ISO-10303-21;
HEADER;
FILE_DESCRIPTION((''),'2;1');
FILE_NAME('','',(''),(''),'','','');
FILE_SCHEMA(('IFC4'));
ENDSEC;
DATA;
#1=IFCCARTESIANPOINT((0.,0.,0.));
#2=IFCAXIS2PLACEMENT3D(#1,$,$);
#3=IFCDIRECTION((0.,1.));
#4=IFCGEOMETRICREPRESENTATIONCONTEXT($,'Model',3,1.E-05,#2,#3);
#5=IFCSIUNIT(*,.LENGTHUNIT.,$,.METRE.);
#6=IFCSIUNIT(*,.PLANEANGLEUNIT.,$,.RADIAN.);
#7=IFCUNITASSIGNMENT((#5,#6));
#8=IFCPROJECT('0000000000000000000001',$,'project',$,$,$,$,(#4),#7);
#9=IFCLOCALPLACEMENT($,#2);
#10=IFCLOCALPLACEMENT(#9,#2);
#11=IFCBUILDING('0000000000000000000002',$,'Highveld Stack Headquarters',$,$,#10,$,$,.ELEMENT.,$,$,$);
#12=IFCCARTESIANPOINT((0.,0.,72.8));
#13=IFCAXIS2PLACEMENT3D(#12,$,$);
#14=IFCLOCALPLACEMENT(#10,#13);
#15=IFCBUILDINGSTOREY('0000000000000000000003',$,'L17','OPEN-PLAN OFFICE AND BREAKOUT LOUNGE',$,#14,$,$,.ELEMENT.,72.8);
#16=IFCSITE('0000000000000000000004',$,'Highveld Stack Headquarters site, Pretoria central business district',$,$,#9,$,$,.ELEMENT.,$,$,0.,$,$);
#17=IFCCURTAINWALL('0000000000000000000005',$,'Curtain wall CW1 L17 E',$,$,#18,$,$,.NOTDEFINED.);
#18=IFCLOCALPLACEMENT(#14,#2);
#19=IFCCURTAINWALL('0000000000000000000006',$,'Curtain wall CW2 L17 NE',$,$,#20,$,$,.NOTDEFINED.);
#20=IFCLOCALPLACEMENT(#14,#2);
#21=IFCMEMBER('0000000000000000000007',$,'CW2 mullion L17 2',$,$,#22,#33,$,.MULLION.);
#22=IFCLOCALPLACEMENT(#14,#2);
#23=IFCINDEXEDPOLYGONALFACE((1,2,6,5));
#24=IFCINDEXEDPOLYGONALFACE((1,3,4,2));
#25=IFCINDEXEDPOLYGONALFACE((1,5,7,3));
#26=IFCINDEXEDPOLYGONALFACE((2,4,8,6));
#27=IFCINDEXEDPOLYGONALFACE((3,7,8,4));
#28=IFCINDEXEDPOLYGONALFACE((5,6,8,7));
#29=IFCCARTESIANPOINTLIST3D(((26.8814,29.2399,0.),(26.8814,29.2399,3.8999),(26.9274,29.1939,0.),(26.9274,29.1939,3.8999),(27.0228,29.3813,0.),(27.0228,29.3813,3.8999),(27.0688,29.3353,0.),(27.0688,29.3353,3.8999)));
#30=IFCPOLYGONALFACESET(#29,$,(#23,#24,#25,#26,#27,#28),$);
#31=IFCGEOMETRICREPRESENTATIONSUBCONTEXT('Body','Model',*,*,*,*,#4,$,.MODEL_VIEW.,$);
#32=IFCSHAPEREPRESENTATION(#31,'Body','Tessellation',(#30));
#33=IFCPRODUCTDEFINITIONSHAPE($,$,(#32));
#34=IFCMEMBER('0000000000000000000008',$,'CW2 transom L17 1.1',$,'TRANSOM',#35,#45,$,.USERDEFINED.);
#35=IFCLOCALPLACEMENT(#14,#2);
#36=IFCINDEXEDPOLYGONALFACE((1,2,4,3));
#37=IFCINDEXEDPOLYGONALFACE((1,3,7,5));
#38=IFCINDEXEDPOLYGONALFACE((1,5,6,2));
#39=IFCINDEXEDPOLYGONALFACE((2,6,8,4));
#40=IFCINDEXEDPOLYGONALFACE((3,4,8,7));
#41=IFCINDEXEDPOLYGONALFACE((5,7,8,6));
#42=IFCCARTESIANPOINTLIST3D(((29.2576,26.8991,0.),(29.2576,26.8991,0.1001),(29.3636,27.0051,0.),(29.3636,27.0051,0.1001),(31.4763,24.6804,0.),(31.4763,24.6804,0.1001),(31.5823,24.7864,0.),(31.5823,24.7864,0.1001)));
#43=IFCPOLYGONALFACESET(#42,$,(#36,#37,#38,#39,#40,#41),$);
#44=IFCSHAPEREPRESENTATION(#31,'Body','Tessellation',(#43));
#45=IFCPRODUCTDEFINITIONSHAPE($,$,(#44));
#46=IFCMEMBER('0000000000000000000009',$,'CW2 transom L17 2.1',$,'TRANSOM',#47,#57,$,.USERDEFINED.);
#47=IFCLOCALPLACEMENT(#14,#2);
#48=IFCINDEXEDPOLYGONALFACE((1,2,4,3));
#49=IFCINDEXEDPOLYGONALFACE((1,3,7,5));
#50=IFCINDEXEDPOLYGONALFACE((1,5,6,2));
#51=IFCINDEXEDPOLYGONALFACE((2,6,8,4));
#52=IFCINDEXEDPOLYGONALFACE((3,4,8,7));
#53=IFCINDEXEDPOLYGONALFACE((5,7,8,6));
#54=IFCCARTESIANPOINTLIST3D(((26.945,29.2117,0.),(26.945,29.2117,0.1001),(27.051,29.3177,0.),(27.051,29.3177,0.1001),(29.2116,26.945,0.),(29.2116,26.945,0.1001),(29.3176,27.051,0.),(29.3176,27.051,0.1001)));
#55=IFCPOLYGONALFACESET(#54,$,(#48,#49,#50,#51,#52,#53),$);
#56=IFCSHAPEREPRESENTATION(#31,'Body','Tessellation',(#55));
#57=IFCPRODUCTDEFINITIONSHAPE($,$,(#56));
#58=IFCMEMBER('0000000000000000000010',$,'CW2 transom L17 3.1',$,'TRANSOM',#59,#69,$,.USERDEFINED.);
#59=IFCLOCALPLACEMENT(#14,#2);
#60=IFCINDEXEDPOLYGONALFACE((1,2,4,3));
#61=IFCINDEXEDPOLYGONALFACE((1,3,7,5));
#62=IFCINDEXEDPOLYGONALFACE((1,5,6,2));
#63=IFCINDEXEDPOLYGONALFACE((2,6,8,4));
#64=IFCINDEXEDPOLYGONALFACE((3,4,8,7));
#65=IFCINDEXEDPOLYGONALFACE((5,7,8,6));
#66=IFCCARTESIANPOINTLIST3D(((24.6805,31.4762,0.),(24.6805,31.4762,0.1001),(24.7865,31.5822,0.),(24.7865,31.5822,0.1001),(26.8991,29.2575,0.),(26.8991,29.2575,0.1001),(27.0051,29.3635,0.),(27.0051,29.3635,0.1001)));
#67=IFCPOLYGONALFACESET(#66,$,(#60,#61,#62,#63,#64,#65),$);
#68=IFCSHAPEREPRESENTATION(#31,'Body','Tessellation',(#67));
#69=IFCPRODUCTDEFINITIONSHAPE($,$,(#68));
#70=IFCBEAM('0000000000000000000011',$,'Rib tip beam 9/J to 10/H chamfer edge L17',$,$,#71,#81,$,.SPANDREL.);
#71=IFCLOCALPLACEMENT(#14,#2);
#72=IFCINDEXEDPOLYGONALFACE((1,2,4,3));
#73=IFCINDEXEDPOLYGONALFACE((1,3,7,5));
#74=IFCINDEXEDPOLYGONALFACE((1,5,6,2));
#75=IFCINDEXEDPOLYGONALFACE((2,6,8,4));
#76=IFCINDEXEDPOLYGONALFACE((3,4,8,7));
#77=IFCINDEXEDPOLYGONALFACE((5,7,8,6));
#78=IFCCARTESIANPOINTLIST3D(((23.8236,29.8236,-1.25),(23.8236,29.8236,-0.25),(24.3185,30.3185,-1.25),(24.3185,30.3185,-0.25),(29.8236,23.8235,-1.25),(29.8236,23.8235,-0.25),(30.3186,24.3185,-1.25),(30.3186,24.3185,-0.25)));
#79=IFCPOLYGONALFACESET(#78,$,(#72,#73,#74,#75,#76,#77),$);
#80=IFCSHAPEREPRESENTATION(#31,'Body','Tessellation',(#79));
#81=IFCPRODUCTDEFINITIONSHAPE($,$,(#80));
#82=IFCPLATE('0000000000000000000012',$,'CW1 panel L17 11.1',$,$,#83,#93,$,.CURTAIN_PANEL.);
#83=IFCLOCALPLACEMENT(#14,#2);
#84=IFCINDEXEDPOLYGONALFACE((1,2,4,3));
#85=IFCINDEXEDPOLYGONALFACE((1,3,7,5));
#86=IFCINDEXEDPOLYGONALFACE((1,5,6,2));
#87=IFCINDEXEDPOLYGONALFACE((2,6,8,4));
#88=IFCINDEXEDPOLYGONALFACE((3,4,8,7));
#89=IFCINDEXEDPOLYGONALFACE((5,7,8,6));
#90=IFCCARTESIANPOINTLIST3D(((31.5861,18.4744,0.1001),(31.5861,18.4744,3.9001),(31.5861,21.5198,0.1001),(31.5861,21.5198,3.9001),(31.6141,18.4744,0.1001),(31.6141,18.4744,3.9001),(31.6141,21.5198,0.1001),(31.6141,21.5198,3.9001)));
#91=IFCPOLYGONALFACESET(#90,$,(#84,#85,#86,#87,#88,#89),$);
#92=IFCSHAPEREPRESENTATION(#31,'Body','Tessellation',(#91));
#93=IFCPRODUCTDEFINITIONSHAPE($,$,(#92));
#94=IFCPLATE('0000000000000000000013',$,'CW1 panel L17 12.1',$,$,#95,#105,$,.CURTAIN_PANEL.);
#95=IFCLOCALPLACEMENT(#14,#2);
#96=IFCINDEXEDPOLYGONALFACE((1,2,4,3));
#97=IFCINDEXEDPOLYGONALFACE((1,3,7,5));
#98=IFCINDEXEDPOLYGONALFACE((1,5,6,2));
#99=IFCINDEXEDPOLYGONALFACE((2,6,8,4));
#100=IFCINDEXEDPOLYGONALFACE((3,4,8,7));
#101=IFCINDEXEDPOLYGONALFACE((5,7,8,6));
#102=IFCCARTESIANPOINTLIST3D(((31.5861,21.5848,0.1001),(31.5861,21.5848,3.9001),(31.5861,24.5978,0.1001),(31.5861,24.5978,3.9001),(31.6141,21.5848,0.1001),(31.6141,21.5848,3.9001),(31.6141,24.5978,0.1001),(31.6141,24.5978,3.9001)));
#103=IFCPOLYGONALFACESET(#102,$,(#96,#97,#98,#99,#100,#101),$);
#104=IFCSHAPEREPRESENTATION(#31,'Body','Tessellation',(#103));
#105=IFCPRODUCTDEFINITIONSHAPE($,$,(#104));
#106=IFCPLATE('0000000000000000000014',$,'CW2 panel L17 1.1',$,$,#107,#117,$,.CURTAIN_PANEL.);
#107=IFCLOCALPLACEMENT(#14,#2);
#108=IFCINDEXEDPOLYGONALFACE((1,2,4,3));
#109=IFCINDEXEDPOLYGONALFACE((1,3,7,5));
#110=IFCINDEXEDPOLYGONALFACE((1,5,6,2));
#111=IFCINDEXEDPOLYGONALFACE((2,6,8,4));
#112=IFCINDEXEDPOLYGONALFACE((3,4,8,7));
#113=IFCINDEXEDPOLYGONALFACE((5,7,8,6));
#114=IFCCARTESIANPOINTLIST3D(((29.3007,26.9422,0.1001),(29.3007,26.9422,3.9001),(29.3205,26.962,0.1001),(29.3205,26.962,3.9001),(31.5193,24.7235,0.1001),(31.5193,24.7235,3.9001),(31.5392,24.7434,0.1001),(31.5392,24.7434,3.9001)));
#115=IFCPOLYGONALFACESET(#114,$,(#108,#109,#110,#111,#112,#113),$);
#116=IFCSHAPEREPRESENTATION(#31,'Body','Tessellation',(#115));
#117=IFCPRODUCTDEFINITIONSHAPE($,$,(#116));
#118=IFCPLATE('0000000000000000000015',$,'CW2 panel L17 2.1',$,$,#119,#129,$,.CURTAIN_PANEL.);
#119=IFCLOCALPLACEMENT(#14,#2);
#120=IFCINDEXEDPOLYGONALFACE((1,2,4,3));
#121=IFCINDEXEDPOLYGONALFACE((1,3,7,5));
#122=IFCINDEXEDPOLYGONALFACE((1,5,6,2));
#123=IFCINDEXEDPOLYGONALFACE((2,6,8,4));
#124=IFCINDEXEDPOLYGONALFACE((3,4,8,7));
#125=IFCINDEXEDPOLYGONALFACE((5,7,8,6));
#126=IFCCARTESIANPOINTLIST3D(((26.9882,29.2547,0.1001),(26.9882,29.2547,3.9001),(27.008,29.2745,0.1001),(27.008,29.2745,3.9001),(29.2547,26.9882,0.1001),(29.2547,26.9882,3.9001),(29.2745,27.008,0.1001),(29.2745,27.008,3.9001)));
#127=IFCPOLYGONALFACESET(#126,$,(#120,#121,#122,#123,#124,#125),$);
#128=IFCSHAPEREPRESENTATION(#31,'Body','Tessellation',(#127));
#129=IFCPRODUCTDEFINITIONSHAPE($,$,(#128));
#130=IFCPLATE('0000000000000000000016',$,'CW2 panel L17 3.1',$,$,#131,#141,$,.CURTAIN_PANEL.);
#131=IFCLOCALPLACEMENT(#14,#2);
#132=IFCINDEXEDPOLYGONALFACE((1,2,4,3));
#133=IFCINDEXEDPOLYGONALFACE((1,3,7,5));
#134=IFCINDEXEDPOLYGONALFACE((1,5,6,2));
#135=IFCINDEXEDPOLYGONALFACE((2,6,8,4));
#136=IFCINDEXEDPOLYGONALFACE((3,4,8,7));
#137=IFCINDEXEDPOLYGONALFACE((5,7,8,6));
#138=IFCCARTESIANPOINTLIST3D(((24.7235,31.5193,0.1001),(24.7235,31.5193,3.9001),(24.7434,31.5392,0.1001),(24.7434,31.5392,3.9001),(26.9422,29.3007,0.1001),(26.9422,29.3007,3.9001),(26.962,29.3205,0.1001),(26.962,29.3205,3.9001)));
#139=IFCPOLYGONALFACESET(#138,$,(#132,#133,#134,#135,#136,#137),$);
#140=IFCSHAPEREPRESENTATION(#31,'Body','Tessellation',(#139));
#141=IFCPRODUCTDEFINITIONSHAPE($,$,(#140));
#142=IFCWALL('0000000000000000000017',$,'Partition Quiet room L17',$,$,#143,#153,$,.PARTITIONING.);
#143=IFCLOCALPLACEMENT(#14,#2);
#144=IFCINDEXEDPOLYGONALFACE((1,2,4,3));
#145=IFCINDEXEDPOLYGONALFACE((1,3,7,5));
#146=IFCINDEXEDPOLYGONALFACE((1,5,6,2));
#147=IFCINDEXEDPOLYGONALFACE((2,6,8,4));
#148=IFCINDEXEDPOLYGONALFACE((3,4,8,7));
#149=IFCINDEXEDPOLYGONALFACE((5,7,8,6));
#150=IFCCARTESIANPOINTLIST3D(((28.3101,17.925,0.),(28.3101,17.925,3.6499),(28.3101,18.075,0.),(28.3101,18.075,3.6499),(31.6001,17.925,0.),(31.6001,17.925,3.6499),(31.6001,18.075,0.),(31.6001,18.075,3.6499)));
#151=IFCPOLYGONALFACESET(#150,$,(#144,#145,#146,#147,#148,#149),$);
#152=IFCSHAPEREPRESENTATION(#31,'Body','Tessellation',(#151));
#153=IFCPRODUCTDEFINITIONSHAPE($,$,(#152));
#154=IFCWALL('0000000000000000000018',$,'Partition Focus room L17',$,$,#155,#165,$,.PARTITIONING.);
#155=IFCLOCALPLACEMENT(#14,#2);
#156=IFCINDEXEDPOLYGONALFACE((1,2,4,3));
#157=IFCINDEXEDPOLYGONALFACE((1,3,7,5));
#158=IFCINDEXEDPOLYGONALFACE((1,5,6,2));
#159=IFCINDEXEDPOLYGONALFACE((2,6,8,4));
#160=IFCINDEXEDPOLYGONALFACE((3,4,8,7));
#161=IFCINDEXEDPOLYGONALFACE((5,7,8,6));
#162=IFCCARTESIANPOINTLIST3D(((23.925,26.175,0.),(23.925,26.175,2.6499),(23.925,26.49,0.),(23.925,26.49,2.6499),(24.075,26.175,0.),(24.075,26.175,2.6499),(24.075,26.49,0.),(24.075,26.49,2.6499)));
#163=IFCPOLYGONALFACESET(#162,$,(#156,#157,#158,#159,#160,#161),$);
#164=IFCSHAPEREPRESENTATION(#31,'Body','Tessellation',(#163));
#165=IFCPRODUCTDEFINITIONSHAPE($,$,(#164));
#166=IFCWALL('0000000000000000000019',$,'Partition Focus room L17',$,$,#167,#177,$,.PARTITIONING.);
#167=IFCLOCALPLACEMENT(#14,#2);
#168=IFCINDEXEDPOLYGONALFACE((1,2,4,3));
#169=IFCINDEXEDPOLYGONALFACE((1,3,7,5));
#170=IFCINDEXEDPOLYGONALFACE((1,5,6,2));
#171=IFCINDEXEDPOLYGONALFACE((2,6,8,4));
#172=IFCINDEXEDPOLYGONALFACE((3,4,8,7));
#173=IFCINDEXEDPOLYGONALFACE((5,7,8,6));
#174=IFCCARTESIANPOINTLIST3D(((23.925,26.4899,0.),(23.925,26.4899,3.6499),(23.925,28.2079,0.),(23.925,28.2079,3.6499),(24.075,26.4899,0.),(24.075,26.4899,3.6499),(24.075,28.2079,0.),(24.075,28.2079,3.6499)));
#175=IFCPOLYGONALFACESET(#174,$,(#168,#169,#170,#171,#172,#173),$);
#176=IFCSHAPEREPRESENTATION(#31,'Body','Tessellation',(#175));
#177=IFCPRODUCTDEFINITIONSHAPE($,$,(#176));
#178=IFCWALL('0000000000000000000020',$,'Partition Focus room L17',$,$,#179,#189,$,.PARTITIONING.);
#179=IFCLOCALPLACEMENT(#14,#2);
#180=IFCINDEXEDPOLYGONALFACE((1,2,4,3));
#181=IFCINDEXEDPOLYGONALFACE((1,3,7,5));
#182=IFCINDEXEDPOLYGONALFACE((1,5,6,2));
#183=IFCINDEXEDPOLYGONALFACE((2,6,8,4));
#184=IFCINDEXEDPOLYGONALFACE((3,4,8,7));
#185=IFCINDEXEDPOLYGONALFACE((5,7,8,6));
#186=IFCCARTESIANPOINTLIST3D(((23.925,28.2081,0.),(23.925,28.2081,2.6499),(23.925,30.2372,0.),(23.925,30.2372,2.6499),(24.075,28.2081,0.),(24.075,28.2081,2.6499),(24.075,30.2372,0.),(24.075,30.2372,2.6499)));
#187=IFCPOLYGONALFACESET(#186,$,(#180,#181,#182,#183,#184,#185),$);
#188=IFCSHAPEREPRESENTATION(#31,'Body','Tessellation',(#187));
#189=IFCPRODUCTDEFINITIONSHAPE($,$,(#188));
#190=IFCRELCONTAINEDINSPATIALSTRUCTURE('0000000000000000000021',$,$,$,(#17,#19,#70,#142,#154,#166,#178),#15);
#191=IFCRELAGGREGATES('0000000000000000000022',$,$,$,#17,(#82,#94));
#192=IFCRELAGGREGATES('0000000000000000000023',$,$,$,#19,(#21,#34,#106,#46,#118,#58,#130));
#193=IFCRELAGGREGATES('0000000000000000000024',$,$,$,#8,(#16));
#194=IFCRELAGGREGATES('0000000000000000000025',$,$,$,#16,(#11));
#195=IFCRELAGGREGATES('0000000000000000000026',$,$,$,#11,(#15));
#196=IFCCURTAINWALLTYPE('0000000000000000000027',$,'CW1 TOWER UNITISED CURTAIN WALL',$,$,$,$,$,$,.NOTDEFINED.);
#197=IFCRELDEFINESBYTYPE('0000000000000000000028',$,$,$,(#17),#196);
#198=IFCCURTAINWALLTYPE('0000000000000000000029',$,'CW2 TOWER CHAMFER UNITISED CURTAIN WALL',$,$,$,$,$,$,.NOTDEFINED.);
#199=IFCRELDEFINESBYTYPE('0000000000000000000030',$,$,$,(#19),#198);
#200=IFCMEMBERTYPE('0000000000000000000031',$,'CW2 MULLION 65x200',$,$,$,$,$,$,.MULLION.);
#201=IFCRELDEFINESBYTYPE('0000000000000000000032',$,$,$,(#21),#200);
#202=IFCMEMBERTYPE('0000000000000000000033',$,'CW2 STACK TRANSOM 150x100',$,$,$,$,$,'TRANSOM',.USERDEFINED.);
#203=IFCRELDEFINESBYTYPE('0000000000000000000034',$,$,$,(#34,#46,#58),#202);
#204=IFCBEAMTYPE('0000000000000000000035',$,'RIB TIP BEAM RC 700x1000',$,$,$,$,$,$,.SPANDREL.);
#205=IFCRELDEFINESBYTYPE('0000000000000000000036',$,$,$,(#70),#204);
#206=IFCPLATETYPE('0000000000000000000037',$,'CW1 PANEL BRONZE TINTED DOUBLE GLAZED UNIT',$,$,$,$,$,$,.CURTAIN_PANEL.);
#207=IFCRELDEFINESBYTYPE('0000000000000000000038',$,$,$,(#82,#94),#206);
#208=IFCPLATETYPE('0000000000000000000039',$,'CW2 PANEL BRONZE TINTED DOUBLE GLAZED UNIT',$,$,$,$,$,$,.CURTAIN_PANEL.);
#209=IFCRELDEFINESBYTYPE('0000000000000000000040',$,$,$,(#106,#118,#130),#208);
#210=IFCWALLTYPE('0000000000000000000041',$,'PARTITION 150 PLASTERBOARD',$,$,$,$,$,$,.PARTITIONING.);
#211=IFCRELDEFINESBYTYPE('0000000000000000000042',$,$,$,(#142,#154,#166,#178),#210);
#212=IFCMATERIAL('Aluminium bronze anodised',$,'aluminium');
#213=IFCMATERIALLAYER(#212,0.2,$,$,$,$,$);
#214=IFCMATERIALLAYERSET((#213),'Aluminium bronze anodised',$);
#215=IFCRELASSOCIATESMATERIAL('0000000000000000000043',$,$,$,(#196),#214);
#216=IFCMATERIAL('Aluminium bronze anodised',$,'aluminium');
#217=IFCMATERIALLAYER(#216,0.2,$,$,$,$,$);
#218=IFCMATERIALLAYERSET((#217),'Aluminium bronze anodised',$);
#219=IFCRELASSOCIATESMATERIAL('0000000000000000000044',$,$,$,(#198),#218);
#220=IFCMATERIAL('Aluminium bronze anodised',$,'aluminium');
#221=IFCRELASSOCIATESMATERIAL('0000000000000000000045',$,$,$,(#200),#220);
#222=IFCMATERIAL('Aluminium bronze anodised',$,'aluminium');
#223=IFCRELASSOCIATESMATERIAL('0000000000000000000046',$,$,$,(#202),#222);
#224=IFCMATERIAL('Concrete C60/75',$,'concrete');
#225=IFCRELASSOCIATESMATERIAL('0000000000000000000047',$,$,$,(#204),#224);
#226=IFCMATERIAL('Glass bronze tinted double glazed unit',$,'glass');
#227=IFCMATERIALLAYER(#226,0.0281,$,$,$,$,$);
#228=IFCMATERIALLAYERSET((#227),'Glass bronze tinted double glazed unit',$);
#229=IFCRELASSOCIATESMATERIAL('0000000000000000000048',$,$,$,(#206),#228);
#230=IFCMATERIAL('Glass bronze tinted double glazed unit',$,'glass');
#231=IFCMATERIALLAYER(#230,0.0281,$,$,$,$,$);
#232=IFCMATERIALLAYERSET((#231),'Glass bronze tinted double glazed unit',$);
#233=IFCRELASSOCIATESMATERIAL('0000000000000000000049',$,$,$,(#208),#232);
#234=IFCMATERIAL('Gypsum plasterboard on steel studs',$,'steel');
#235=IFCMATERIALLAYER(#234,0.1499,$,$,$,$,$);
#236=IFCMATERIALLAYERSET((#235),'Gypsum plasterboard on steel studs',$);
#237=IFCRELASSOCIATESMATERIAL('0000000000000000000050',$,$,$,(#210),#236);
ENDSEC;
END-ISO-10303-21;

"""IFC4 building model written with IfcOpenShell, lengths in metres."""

from ifc_helpers import new_model, si_unit, direction, frame, frame_2d, origin, origin_2d, place, context, subcontext, project, spatial, rectangle, extrude, material, layer, layer_set, material_profile, profile_set, type_object, element, aggregate, save


model = new_model("IFC4")

# Units and contexts
model_context = context("Model", 3, precision=1e-05, world=origin(), true_north=direction((0.0, 1.0)))
body_context = subcontext(model_context, "Body", "Model", "MODEL_VIEW")
ifc_project = project(units=[si_unit("LENGTHUNIT", "METRE"), si_unit("PLANEANGLEUNIT", "RADIAN")], contexts=[model_context])

# Site, building, storey
site_placement = place(None, origin())
site = spatial("IfcSite", under=ifc_project, at=site_placement, Name="Highveld Stack Headquarters site, Pretoria central business district", CompositionType="ELEMENT", RefElevation=0.0)
building_placement = place(site_placement, origin())
building = spatial("IfcBuilding", under=site, at=building_placement, Name="Highveld Stack Headquarters", CompositionType="ELEMENT")
storey_placement = place(building_placement, frame((0.0, 0.0, 72.8)))
storey = spatial("IfcBuildingStorey", under=building, at=storey_placement, Name="L17", Description="OPEN-PLAN OFFICE AND BREAKOUT LOUNGE", CompositionType="ELEMENT", Elevation=72.8)

# Curtain wall
ifc_material_1 = material(Name="Aluminium bronze anodised", Category="aluminium")
ifc_layer_1 = layer(ifc_material_1, 0.2)
ifc_layer_set_1 = layer_set([ifc_layer_1], Name="Aluminium bronze anodised")
curtain_wall_type_1 = type_object("IfcCurtainWallType", Name="CW1 TOWER UNITISED CURTAIN WALL", PredefinedType="NOTDEFINED", material=ifc_layer_set_1)
curtain_wall_1_placement = place(storey_placement, origin())
curtain_wall_1 = element("IfcCurtainWall", 1, at=curtain_wall_1_placement, inside=storey, type_object=curtain_wall_type_1, Name="Curtain wall CW1 L17 E", PredefinedType="NOTDEFINED")

# Curtain wall, members
ifc_material_2 = material(Name="Aluminium bronze anodised", Category="aluminium")
ifc_layer_2 = layer(ifc_material_2, 0.2)
ifc_layer_set_2 = layer_set([ifc_layer_2], Name="Aluminium bronze anodised")
curtain_wall_type_2 = type_object("IfcCurtainWallType", Name="CW2 TOWER CHAMFER UNITISED CURTAIN WALL", PredefinedType="NOTDEFINED", material=ifc_layer_set_2)
curtain_wall_2_placement = place(storey_placement, origin())
curtain_wall_2 = element("IfcCurtainWall", 2, at=curtain_wall_2_placement, inside=storey, type_object=curtain_wall_type_2, Name="Curtain wall CW2 L17 NE", PredefinedType="NOTDEFINED")
ifc_material_3 = material(Name="Aluminium bronze anodised", Category="aluminium")
ifc_material_profile_1 = material_profile(ifc_material_3, rectangle(XDim=0.2, YDim=0.0649, at=origin_2d()), Name="CW2 MULLION 65x200")
ifc_profile_set_1 = profile_set([ifc_material_profile_1], Name="Aluminium bronze anodised")
member_type_1 = type_object("IfcMemberType", Name="CW2 MULLION 65x200", PredefinedType="MULLION", material=ifc_profile_set_1)
member_1_placement = place(storey_placement, frame((26.9751, 29.2876, 0.0), z_axis=(0.0, 0.0, 1.0), x_axis=(-0.707107, -0.707107, 0.0)))
member_1 = element("IfcMember", 3, at=member_1_placement, type_object=member_type_1, Name="CW2 mullion L17 2", PredefinedType="MULLION", context=body_context, shape_type="SweptSolid", body=[
    extrude(rectangle(XDim=0.2, YDim=0.0649, at=origin_2d()), origin(), (0.0, 0.0, 1.0), 3.8999),
])
ifc_material_4 = material(Name="Aluminium bronze anodised", Category="aluminium")
ifc_material_profile_2 = material_profile(ifc_material_4, rectangle(XDim=0.1499, YDim=0.1001, at=origin_2d()), Name="CW2 TRANSOM 150x100")
ifc_profile_set_2 = profile_set([ifc_material_profile_2], Name="Aluminium bronze anodised")
member_type_2 = type_object("IfcMemberType", Name="CW2 STACK TRANSOM 150x100", ElementType="TRANSOM", PredefinedType="USERDEFINED", material=ifc_profile_set_2)
member_2_placement = place(storey_placement, frame((31.5293, 24.7334, 0.05), z_axis=(-0.707107, 0.707107, 0.0), x_axis=(-0.707107, -0.707107, 0.0)))
member_2 = element("IfcMember", 4, at=member_2_placement, type_object=member_type_2, Name="CW2 transom L17 1.1", ObjectType="TRANSOM", PredefinedType="USERDEFINED", context=body_context, shape_type="SweptSolid", body=[
    extrude(rectangle(XDim=0.1499, YDim=0.1001, at=origin_2d()), origin(), (0.0, 0.0, 1.0), 3.1377),
])
member_3_placement = place(storey_placement, frame((29.2646, 26.998, 0.05), z_axis=(-0.707107, 0.707107, 0.0), x_axis=(-0.707107, -0.707107, 0.0)))
member_3 = element("IfcMember", 5, at=member_3_placement, type_object=member_type_2, Name="CW2 transom L17 2.1", ObjectType="TRANSOM", PredefinedType="USERDEFINED", context=body_context, shape_type="SweptSolid", body=[
    extrude(rectangle(XDim=0.1499, YDim=0.1001, at=origin_2d()), origin(), (0.0, 0.0, 1.0), 3.2056),
])
member_4_placement = place(storey_placement, frame((26.9521, 29.3105, 0.05), z_axis=(-0.707107, 0.707107, 0.0), x_axis=(-0.707107, -0.707107, 0.0)))
member_4 = element("IfcMember", 6, at=member_4_placement, type_object=member_type_2, Name="CW2 transom L17 3.1", ObjectType="TRANSOM", PredefinedType="USERDEFINED", context=body_context, shape_type="SweptSolid", body=[
    extrude(rectangle(XDim=0.1499, YDim=0.1001, at=origin_2d()), origin(), (0.0, 0.0, 1.0), 3.1377),
])

# Beam
ifc_material_5 = material(Name="Concrete C60/75", Category="concrete")
ifc_material_profile_3 = material_profile(ifc_material_5, rectangle(XDim=0.7, YDim=1.0, at=origin_2d()), Name="RC 700x1000")
ifc_profile_set_3 = profile_set([ifc_material_profile_3], Name="Concrete C60/75")
beam_type = type_object("IfcBeamType", Name="RIB TIP BEAM RC 700x1000", PredefinedType="SPANDREL", material=ifc_profile_set_3)
beam_placement = place(storey_placement, frame((24.071, 30.071, -0.75), z_axis=(0.707107, -0.707107, 0.0), x_axis=(0.707107, 0.707107, 0.0)))
element("IfcBeam", 7, at=beam_placement, inside=storey, type_object=beam_type, Name="Rib tip beam 9/J to 10/H chamfer edge L17", PredefinedType="SPANDREL", context=body_context, shape_type="SweptSolid", body=[
    extrude(rectangle(XDim=0.7, YDim=1.0, at=origin_2d()), origin(), (0.0, 0.0, 1.0), 8.4854),
])

# Plates
ifc_material_6 = material(Name="Glass bronze tinted double glazed unit", Category="glass")
ifc_layer_3 = layer(ifc_material_6, 0.0281)
ifc_layer_set_3 = layer_set([ifc_layer_3], Name="Glass bronze tinted double glazed unit")
plate_type_1 = type_object("IfcPlateType", Name="CW1 PANEL BRONZE TINTED DOUBLE GLAZED UNIT", PredefinedType="CURTAIN_PANEL", material=ifc_layer_set_3)
plate_1_placement = place(storey_placement, frame((31.6001, 19.9971, 0.1001), z_axis=(0.0, 0.0, 1.0), x_axis=(0.0, 1.0, 0.0)))
plate_1 = element("IfcPlate", 8, at=plate_1_placement, type_object=plate_type_1, Name="CW1 panel L17 11.1", PredefinedType="CURTAIN_PANEL", context=body_context, shape_type="SweptSolid", body=[
    extrude(rectangle(XDim=3.0454, YDim=0.0281, at=origin_2d()), origin(), (0.0, 0.0, 1.0), 3.8),
])
plate_2_placement = place(storey_placement, frame((31.6001, 23.0913, 0.1001), z_axis=(0.0, 0.0, 1.0), x_axis=(0.0, 1.0, 0.0)))
plate_2 = element("IfcPlate", 9, at=plate_2_placement, type_object=plate_type_1, Name="CW1 panel L17 12.1", PredefinedType="CURTAIN_PANEL", context=body_context, shape_type="SweptSolid", body=[
    extrude(rectangle(XDim=3.0129, YDim=0.0281, at=origin_2d()), origin(), (0.0, 0.0, 1.0), 3.8),
])
aggregate(curtain_wall_1, [plate_1, plate_2])
ifc_material_7 = material(Name="Glass bronze tinted double glazed unit", Category="glass")
ifc_layer_4 = layer(ifc_material_7, 0.0281)
ifc_layer_set_4 = layer_set([ifc_layer_4], Name="Glass bronze tinted double glazed unit")
plate_type_2 = type_object("IfcPlateType", Name="CW2 PANEL BRONZE TINTED DOUBLE GLAZED UNIT", PredefinedType="CURTAIN_PANEL", material=ifc_layer_set_4)
plate_3_placement = place(storey_placement, frame((30.4199, 25.8428, 0.1001), z_axis=(0.0, 0.0, 1.0), x_axis=(-0.707107, 0.707107, 0.0)))
plate_3 = element("IfcPlate", 10, at=plate_3_placement, type_object=plate_type_2, Name="CW2 panel L17 1.1", PredefinedType="CURTAIN_PANEL", context=body_context, shape_type="SweptSolid", body=[
    extrude(rectangle(XDim=3.1377, YDim=0.0281, at=origin_2d()), origin(), (0.0, 0.0, 1.0), 3.8),
])
plate_4_placement = place(storey_placement, frame((28.1313, 28.1313, 0.1001), z_axis=(0.0, 0.0, 1.0), x_axis=(-0.707107, 0.707107, 0.0)))
plate_4 = element("IfcPlate", 11, at=plate_4_placement, type_object=plate_type_2, Name="CW2 panel L17 2.1", PredefinedType="CURTAIN_PANEL", context=body_context, shape_type="SweptSolid", body=[
    extrude(rectangle(XDim=3.2053, YDim=0.0281, at=origin_2d()), origin(), (0.0, 0.0, 1.0), 3.8),
])
plate_5_placement = place(storey_placement, frame((25.8428, 30.4199, 0.1001), z_axis=(0.0, 0.0, 1.0), x_axis=(-0.707107, 0.707107, 0.0)))
plate_5 = element("IfcPlate", 12, at=plate_5_placement, type_object=plate_type_2, Name="CW2 panel L17 3.1", PredefinedType="CURTAIN_PANEL", context=body_context, shape_type="SweptSolid", body=[
    extrude(rectangle(XDim=3.1377, YDim=0.0281, at=origin_2d()), origin(), (0.0, 0.0, 1.0), 3.8),
])
aggregate(curtain_wall_2, [member_1, member_2, plate_3, member_3, plate_4, member_4, plate_5])

# Walls
ifc_material_8 = material(Name="Gypsum plasterboard on steel studs", Category="steel")
ifc_layer_5 = layer(ifc_material_8, 0.1499)
ifc_layer_set_5 = layer_set([ifc_layer_5], Name="Gypsum plasterboard on steel studs")
wall_type = type_object("IfcWallType", Name="PARTITION 150 PLASTERBOARD", PredefinedType="PARTITIONING", material=ifc_layer_set_5)
wall_1_placement = place(storey_placement, frame((28.3101, 18.0, 0.0), z_axis=(0.0, 0.0, 1.0), x_axis=(1.0, 0.0, 0.0)))
element("IfcWall", 13, at=wall_1_placement, inside=storey, type_object=wall_type, Name="Partition Quiet room L17", PredefinedType="PARTITIONING", context=body_context, shape_type="SweptSolid", body=[
    extrude(rectangle(XDim=3.29, YDim=0.1499, at=frame_2d((1.645, 0.0))), origin(), (0.0, 0.0, 1.0), 3.6499),
])
wall_2_placement = place(storey_placement, frame((24.0, 26.175, 0.0), z_axis=(0.0, 0.0, 1.0), x_axis=(0.0, 1.0, 0.0)))
element("IfcWall", 14, at=wall_2_placement, inside=storey, type_object=wall_type, Name="Partition Focus room L17", PredefinedType="PARTITIONING", context=body_context, shape_type="SweptSolid", body=[
    extrude(rectangle(XDim=0.3149, YDim=0.1499, at=frame_2d((0.1575, 0.0))), origin(), (0.0, 0.0, 1.0), 2.6499),
])
wall_3_placement = place(storey_placement, frame((24.0, 26.49, 0.0), z_axis=(0.0, 0.0, 1.0), x_axis=(0.0, 1.0, 0.0)))
element("IfcWall", 15, at=wall_3_placement, inside=storey, type_object=wall_type, Name="Partition Focus room L17", PredefinedType="PARTITIONING", context=body_context, shape_type="SweptSolid", body=[
    extrude(rectangle(XDim=1.718, YDim=0.1499, at=frame_2d((0.8589, 0.0))), origin(), (0.0, 0.0, 1.0), 3.6499),
])
wall_4_placement = place(storey_placement, frame((24.0, 28.208, 0.0), z_axis=(0.0, 0.0, 1.0), x_axis=(0.0, 1.0, 0.0)))
element("IfcWall", 16, at=wall_4_placement, inside=storey, type_object=wall_type, Name="Partition Focus room L17", PredefinedType="PARTITIONING", context=body_context, shape_type="SweptSolid", body=[
    extrude(rectangle(XDim=2.0291, YDim=0.1499, at=frame_2d((1.0146, 0.0))), origin(), (0.0, 0.0, 1.0), 2.6499),
])

save(model, "model.ifc")
